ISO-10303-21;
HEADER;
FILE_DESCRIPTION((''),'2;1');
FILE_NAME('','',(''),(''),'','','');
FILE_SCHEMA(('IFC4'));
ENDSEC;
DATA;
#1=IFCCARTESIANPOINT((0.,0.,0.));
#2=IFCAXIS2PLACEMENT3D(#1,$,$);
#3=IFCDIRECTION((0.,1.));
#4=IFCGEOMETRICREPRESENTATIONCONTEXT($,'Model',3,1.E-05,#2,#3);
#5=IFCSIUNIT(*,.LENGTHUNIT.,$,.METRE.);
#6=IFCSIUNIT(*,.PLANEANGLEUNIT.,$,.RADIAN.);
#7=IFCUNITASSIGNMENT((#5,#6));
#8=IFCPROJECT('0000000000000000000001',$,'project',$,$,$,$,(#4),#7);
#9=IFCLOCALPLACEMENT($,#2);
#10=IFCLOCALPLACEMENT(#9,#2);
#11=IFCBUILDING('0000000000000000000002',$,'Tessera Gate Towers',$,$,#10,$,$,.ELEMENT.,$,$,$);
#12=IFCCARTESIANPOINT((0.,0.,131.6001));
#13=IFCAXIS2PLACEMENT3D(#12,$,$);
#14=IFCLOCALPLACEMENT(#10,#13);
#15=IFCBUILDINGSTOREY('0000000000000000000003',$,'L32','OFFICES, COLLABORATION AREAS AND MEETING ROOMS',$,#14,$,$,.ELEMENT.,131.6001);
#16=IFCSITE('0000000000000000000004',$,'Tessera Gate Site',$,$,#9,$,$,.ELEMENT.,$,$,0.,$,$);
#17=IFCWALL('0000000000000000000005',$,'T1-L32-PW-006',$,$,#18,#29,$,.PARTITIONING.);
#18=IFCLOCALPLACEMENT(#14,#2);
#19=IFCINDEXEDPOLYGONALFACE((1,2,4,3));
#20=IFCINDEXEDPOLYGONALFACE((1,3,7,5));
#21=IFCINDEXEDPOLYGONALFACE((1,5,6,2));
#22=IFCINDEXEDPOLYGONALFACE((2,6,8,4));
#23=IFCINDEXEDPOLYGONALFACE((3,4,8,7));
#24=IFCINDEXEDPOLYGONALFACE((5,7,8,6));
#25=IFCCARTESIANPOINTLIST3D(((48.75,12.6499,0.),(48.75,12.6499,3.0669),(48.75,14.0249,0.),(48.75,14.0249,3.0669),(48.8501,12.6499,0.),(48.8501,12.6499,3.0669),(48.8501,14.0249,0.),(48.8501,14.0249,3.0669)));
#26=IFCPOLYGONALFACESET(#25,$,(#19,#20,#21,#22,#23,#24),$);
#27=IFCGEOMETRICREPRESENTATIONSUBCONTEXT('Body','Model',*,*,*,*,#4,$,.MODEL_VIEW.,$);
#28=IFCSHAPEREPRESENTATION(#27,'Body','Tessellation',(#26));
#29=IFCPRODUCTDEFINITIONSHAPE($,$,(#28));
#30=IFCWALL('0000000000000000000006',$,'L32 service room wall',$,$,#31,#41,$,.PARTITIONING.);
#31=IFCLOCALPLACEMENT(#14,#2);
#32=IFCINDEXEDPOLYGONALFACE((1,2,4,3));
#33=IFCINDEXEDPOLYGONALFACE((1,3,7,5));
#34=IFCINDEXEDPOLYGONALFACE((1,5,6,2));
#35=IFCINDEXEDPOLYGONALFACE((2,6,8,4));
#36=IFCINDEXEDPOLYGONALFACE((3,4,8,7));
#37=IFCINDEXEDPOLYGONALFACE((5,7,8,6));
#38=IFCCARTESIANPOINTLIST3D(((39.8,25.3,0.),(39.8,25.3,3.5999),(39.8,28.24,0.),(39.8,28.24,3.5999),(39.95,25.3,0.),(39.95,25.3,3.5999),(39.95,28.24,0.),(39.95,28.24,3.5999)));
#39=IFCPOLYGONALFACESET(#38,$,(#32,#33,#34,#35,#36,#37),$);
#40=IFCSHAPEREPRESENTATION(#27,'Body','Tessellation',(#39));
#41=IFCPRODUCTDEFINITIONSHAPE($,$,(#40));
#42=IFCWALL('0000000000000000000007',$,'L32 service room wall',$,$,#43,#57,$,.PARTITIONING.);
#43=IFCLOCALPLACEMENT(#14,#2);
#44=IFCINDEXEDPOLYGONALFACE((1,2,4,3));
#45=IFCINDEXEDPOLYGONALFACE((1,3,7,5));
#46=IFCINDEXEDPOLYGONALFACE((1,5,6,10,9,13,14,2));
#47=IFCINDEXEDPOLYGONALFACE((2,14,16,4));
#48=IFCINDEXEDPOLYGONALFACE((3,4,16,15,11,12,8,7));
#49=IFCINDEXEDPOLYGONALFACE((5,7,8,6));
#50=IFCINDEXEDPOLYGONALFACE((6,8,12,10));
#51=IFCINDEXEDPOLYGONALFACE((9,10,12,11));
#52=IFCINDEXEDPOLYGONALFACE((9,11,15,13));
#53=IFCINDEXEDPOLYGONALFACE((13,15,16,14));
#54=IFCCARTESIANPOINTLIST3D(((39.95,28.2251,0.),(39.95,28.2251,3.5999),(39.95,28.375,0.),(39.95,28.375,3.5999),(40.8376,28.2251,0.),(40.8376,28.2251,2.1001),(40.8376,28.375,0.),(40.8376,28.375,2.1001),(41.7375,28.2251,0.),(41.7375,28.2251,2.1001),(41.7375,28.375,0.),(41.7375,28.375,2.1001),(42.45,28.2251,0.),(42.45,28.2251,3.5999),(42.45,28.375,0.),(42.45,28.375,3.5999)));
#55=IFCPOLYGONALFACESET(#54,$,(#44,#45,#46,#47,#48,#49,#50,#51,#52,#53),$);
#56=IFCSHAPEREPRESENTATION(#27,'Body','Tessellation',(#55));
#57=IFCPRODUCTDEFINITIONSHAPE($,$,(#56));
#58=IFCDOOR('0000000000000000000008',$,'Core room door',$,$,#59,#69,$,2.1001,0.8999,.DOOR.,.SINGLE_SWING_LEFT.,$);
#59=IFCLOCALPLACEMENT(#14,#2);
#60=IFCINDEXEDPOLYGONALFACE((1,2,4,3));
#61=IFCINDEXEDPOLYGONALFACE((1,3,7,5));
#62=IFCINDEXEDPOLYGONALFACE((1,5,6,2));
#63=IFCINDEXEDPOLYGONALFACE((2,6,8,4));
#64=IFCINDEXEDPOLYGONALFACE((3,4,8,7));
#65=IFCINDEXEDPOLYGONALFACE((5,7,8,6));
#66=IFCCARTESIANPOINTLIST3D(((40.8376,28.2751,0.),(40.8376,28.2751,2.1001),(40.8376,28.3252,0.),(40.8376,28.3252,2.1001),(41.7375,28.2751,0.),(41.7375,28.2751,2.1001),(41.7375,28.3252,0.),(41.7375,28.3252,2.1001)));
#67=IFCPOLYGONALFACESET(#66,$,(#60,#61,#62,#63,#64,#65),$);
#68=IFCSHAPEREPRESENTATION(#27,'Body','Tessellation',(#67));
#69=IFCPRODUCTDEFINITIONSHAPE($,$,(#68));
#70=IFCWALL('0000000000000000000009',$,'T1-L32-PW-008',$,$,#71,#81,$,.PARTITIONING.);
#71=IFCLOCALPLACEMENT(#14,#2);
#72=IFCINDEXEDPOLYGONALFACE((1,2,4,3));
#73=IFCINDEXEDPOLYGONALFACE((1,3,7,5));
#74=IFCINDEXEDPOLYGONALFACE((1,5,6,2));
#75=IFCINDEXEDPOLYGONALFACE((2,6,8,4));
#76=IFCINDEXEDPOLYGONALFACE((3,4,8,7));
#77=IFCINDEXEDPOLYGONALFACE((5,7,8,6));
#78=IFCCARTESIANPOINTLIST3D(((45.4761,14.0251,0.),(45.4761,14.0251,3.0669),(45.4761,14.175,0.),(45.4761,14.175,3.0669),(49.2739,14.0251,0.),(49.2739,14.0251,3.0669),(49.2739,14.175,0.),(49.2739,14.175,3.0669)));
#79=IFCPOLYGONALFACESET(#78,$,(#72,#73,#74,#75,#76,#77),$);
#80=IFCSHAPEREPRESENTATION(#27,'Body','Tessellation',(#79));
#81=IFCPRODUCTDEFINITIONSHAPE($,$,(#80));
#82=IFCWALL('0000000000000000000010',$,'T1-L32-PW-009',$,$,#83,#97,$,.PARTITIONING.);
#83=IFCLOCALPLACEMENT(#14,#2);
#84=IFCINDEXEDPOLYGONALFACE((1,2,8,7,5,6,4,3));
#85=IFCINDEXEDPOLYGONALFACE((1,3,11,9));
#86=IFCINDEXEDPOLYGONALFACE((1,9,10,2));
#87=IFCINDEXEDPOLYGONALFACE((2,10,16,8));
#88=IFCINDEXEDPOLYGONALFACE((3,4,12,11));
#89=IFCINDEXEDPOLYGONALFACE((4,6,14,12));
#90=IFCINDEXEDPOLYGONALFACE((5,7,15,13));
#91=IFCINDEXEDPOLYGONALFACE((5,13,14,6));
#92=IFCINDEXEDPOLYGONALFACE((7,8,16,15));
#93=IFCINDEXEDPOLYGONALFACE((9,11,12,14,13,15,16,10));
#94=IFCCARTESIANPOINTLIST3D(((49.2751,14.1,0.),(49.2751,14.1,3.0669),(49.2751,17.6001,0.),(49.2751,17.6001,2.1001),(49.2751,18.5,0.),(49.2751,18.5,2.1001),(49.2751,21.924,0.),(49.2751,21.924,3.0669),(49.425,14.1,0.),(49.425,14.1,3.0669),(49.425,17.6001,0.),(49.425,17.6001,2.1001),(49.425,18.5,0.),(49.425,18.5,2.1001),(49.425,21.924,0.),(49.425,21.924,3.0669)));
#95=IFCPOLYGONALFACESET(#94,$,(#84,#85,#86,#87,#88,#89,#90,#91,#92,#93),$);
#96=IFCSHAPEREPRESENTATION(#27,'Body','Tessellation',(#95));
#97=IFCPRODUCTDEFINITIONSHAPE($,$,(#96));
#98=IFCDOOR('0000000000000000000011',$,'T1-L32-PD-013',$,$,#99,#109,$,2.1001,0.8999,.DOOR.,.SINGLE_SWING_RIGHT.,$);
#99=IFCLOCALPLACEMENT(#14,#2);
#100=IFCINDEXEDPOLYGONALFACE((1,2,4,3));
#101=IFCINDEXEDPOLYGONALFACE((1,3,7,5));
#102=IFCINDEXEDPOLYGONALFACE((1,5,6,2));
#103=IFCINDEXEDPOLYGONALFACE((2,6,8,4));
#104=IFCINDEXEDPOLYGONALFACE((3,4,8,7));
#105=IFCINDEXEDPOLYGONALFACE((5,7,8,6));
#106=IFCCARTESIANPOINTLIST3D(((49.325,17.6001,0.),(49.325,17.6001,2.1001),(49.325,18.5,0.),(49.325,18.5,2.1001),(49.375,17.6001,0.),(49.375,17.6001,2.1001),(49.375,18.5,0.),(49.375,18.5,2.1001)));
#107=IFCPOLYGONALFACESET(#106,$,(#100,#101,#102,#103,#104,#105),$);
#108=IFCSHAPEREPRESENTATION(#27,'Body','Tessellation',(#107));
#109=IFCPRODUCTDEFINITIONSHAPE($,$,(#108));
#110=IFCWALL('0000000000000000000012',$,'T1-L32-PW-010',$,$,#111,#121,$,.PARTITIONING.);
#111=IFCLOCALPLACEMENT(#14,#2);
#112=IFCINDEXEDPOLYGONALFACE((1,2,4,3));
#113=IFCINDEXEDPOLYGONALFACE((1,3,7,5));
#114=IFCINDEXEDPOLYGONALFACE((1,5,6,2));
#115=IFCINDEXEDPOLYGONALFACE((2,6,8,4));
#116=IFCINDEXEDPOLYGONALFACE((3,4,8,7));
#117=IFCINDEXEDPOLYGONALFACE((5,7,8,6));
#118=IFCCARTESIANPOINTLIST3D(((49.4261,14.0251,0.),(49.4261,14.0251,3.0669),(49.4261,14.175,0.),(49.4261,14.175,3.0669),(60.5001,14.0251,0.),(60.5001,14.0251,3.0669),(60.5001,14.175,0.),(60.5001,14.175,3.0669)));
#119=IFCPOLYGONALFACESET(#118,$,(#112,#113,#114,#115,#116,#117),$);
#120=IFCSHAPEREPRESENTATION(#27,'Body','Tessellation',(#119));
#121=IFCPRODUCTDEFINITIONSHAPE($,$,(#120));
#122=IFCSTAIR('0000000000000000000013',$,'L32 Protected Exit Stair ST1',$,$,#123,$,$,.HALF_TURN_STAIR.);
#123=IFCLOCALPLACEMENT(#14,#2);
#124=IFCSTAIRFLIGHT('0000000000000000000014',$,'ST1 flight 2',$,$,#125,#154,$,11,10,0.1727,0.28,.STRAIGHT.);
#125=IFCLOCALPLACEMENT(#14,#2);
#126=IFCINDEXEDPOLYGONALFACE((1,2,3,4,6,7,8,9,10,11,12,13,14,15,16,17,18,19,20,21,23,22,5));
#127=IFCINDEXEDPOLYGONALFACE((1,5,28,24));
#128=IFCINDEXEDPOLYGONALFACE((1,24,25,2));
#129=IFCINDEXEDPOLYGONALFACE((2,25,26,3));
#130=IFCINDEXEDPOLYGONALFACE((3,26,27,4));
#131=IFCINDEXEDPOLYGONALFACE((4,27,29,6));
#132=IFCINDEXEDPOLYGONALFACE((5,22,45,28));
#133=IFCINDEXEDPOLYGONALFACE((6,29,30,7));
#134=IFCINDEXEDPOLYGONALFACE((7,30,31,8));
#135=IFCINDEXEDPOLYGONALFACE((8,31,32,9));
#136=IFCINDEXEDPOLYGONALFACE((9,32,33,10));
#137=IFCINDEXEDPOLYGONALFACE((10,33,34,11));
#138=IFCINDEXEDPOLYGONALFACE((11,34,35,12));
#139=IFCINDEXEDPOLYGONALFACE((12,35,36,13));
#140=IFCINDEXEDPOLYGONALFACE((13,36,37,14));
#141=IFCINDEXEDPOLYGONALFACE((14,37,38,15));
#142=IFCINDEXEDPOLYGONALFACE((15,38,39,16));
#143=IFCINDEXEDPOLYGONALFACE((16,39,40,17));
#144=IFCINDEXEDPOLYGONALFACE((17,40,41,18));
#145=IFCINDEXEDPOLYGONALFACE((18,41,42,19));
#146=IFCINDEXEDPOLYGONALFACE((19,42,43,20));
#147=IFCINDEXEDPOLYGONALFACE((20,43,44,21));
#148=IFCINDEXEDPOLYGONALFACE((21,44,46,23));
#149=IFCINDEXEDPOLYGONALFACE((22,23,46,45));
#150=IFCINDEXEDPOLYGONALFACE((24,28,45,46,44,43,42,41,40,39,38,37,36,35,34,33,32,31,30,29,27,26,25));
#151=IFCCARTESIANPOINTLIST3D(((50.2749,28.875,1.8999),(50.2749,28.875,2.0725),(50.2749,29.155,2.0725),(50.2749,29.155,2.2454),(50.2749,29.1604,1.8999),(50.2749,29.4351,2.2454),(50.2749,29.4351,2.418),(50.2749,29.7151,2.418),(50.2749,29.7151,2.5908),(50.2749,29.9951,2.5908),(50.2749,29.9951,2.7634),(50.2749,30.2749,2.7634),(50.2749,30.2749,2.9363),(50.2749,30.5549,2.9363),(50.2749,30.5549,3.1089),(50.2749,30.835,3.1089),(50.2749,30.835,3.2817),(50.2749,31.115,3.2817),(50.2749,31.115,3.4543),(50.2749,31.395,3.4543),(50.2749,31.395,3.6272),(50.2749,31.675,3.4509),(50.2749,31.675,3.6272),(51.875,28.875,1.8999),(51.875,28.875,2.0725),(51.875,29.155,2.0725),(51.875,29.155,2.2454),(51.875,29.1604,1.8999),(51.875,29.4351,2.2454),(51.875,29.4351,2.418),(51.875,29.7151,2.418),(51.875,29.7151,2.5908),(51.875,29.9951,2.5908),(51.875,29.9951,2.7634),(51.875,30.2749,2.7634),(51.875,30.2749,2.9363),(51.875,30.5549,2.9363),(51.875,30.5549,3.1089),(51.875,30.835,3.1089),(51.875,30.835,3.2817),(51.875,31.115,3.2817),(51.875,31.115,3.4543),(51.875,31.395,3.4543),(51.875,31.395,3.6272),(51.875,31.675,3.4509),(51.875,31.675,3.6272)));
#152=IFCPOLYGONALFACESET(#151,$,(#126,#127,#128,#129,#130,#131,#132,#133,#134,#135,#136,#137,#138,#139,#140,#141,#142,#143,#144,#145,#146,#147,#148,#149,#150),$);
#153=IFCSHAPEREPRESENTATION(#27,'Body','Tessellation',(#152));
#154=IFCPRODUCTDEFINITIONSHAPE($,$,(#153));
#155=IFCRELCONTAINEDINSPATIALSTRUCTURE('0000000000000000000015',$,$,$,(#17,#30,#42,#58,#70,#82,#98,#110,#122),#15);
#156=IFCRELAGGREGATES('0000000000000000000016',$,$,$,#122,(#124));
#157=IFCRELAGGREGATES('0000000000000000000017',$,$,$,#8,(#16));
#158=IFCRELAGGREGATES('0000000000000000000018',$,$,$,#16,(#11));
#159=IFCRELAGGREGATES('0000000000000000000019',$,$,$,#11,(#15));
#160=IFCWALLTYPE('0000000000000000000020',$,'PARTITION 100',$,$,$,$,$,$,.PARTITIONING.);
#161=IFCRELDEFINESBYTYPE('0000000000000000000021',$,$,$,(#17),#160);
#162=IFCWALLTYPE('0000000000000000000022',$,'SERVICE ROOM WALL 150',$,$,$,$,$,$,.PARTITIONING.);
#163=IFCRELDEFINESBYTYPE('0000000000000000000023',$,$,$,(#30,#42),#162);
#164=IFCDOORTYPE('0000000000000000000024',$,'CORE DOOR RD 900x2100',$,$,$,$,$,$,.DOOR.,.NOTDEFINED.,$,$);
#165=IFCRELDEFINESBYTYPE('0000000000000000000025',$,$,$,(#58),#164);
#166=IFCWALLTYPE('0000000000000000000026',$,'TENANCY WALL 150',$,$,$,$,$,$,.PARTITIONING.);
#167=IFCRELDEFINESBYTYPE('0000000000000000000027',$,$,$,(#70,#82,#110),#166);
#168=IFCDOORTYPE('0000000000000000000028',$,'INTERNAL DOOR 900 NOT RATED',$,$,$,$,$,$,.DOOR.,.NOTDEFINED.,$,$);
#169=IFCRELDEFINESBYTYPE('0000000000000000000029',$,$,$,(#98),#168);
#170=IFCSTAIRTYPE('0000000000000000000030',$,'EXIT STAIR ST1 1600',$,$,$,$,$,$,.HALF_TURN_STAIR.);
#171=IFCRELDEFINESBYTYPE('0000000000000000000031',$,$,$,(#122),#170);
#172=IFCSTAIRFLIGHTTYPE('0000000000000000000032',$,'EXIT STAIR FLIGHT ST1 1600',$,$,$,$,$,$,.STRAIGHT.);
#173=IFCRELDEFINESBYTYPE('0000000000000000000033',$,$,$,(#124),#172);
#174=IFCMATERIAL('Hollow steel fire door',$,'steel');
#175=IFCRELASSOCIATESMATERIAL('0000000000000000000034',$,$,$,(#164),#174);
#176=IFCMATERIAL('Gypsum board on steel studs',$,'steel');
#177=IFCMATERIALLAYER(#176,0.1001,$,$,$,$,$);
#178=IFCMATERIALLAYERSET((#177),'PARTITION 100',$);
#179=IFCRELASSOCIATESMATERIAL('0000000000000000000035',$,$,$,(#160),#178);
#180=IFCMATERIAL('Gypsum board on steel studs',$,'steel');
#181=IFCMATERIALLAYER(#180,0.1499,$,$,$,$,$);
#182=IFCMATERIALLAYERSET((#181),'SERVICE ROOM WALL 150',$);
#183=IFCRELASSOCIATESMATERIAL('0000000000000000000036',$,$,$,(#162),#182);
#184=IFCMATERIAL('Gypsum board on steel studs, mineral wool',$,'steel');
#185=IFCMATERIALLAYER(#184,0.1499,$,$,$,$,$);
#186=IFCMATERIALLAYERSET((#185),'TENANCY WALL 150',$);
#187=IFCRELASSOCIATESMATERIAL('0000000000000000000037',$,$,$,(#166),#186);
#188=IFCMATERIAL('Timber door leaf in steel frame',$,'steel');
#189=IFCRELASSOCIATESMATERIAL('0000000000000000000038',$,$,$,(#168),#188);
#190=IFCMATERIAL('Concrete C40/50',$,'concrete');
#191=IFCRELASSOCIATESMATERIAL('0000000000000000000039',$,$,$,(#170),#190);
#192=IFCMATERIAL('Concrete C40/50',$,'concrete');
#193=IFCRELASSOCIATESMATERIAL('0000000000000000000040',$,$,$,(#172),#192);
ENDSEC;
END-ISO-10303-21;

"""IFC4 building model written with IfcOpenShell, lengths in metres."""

from ifc_helpers import new_model, si_unit, direction, frame, frame_2d, origin, place, context, subcontext, project, spatial, polyline, rectangle, outline, extrude, source, transform, mapped, material, layer, layer_set, type_object, element, fill, aggregate, save


model = new_model("IFC4")

# Units and contexts
model_context = context("Model", 3, precision=1e-05, world=origin(), true_north=direction((0.0, 1.0)))
body_context = subcontext(model_context, "Body", "Model", "MODEL_VIEW")
ifc_project = project(units=[si_unit("LENGTHUNIT", "METRE"), si_unit("PLANEANGLEUNIT", "RADIAN")], contexts=[model_context])

# Site, building, storey
site_placement = place(None, origin())
site = spatial("IfcSite", under=ifc_project, at=site_placement, Name="Tessera Gate Site", CompositionType="ELEMENT", RefElevation=0.0)
building_placement = place(site_placement, origin())
building = spatial("IfcBuilding", under=site, at=building_placement, Name="Tessera Gate Towers", CompositionType="ELEMENT")
storey_placement = place(building_placement, frame((0.0, 0.0, 131.6001)))
storey = spatial("IfcBuildingStorey", under=building, at=storey_placement, Name="L32", Description="OFFICES, COLLABORATION AREAS AND MEETING ROOMS", CompositionType="ELEMENT", Elevation=131.6001)

# Shared definitions
ifc_material_1 = material(Name="Hollow steel fire door", Category="steel")
door_type_1 = type_object("IfcDoorType", Name="CORE DOOR RD 900x2100", OperationType="NOTDEFINED", PredefinedType="DOOR", material=ifc_material_1)
shared_shape_1 = source(origin(), body_context, "Body", "SweptSolid", [
    extrude(rectangle(XDim=0.8999, YDim=2.1001, at=frame_2d((0.45, 1.05))), frame((0.0, 0.0249, 0.0), z_axis=(0.0, -1.0, 0.0), x_axis=(1.0, 0.0, 0.0)), (0.0, 0.0, 1.0), 0.05),
])

# Shared definitions
shared_shape_2 = source(origin(), body_context, "Body", "SweptSolid", [
    extrude(rectangle(XDim=0.8999, YDim=2.1001, at=frame_2d((0.45, 1.05))), frame((0.0, 0.085, 0.0), z_axis=(0.0, -1.0, 0.0), x_axis=(1.0, 0.0, 0.0)), (0.0, 0.0, 1.0), 0.1699),
])

# Walls
ifc_material_2 = material(Name="Gypsum board on steel studs", Category="steel")
ifc_layer_1 = layer(ifc_material_2, 0.1001)
ifc_layer_set_1 = layer_set([ifc_layer_1], Name="PARTITION 100")
wall_type_1 = type_object("IfcWallType", Name="PARTITION 100", PredefinedType="PARTITIONING", material=ifc_layer_set_1)
wall_1_placement = place(storey_placement, frame((48.8, 12.6499, 0.0), z_axis=(0.0, 0.0, 1.0), x_axis=(0.0, 1.0, 0.0)))
element("IfcWall", 1, at=wall_1_placement, inside=storey, type_object=wall_type_1, Name="T1-L32-PW-006", PredefinedType="PARTITIONING", context=body_context, shape_type="SweptSolid", body=[
    extrude(rectangle(XDim=1.375, YDim=0.1001, at=frame_2d((0.6875, 0.0))), origin(), (0.0, 0.0, 1.0), 3.0669),
])
ifc_material_3 = material(Name="Gypsum board on steel studs", Category="steel")
ifc_layer_2 = layer(ifc_material_3, 0.1499)
ifc_layer_set_2 = layer_set([ifc_layer_2], Name="SERVICE ROOM WALL 150")
wall_type_2 = type_object("IfcWallType", Name="SERVICE ROOM WALL 150", PredefinedType="PARTITIONING", material=ifc_layer_set_2)
wall_2_placement = place(storey_placement, frame((39.875, 25.3, 0.0), z_axis=(0.0, 0.0, 1.0), x_axis=(0.0, 1.0, 0.0)))
element("IfcWall", 2, at=wall_2_placement, inside=storey, type_object=wall_type_2, Name="L32 service room wall", PredefinedType="PARTITIONING", context=body_context, shape_type="SweptSolid", body=[
    extrude(rectangle(XDim=2.9399, YDim=0.1499, at=frame_2d((1.47, 0.0))), origin(), (0.0, 0.0, 1.0), 3.5999),
])

# Wall, opening, door
wall_3_placement = place(storey_placement, frame((42.45, 28.3, 0.0), z_axis=(0.0, 0.0, 1.0), x_axis=(-1.0, 0.0, 0.0)))
wall_3 = element("IfcWall", 3, at=wall_3_placement, inside=storey, type_object=wall_type_2, Name="L32 service room wall", PredefinedType="PARTITIONING", context=body_context, shape_type="SweptSolid", body=[
    extrude(rectangle(XDim=2.5, YDim=0.1499, at=frame_2d((1.25, 0.0))), origin(), (0.0, 0.0, 1.0), 3.5999),
])
opening_1_placement = place(wall_3_placement, frame((0.7124, 0.0, 0.0)))
opening_1 = element("IfcOpeningElement", 4, at=opening_1_placement, cuts=wall_3, PredefinedType="OPENING", context=body_context, shape_type="MappedRepresentation", body=[
    mapped(shared_shape_2, transform((0.0, 0.0, 0.0), scale=1.0)),
])
door_1_placement = place(opening_1_placement, origin())
door_1 = element("IfcDoor", 5, at=door_1_placement, inside=storey, type_object=door_type_1, Name="Core room door", OperationType="SINGLE_SWING_LEFT", OverallHeight=2.1001, OverallWidth=0.8999, PredefinedType="DOOR", context=body_context, shape_type="MappedRepresentation", body=[
    mapped(shared_shape_1, transform((0.0, 0.0, 0.0), scale=1.0)),
])
fill(opening_1, door_1)

# Wall
ifc_material_4 = material(Name="Gypsum board on steel studs, mineral wool", Category="steel")
ifc_layer_3 = layer(ifc_material_4, 0.1499)
ifc_layer_set_3 = layer_set([ifc_layer_3], Name="TENANCY WALL 150")
wall_type_3 = type_object("IfcWallType", Name="TENANCY WALL 150", PredefinedType="PARTITIONING", material=ifc_layer_set_3)
wall_4_placement = place(storey_placement, frame((45.4761, 14.1001, 0.0), z_axis=(0.0, 0.0, 1.0), x_axis=(1.0, 0.0, 0.0)))
element("IfcWall", 6, at=wall_4_placement, inside=storey, type_object=wall_type_3, Name="T1-L32-PW-008", PredefinedType="PARTITIONING", context=body_context, shape_type="SweptSolid", body=[
    extrude(rectangle(XDim=3.7979, YDim=0.1499, at=frame_2d((1.8989, 0.0))), origin(), (0.0, 0.0, 1.0), 3.0669),
])

# Wall, opening, door
wall_5_placement = place(storey_placement, frame((49.3501, 21.9241, 0.0), z_axis=(0.0, 0.0, 1.0), x_axis=(0.0, -1.0, 0.0)))
wall_5 = element("IfcWall", 7, at=wall_5_placement, inside=storey, type_object=wall_type_3, Name="T1-L32-PW-009", PredefinedType="PARTITIONING", context=body_context, shape_type="SweptSolid", body=[
    extrude(rectangle(XDim=7.824, YDim=0.1499, at=frame_2d((3.9121, 0.0))), origin(), (0.0, 0.0, 1.0), 3.0669),
])
opening_2_placement = place(wall_5_placement, frame((3.4241, 0.0, 0.0)))
opening_2 = element("IfcOpeningElement", 8, at=opening_2_placement, cuts=wall_5, PredefinedType="OPENING", context=body_context, shape_type="MappedRepresentation", body=[
    mapped(shared_shape_2, transform((0.0, 0.0, 0.0), scale=1.0)),
])
ifc_material_5 = material(Name="Timber door leaf in steel frame", Category="steel")
door_type_2 = type_object("IfcDoorType", Name="INTERNAL DOOR 900 NOT RATED", OperationType="NOTDEFINED", PredefinedType="DOOR", material=ifc_material_5)
door_2_placement = place(opening_2_placement, origin())
door_2 = element("IfcDoor", 9, at=door_2_placement, inside=storey, type_object=door_type_2, Name="T1-L32-PD-013", OperationType="SINGLE_SWING_RIGHT", OverallHeight=2.1001, OverallWidth=0.8999, PredefinedType="DOOR", context=body_context, shape_type="MappedRepresentation", body=[
    mapped(shared_shape_1, transform((0.0, 0.0, 0.0), scale=1.0)),
])
fill(opening_2, door_2)

# Wall
wall_6_placement = place(storey_placement, frame((49.426, 14.1001, 0.0), z_axis=(0.0, 0.0, 1.0), x_axis=(1.0, 0.0, 0.0)))
element("IfcWall", 10, at=wall_6_placement, inside=storey, type_object=wall_type_3, Name="T1-L32-PW-010", PredefinedType="PARTITIONING", context=body_context, shape_type="SweptSolid", body=[
    extrude(rectangle(XDim=11.074, YDim=0.1499, at=frame_2d((5.5371, 0.0))), origin(), (0.0, 0.0, 1.0), 3.0669),
])

# Stair, stair flight
ifc_material_6 = material(Name="Concrete C40/50", Category="concrete")
stair_type = type_object("IfcStairType", Name="EXIT STAIR ST1 1600", PredefinedType="HALF_TURN_STAIR", material=ifc_material_6)
stair_placement = place(storey_placement, origin())
stair = element("IfcStair", 11, at=stair_placement, inside=storey, type_object=stair_type, Name="L32 Protected Exit Stair ST1", PredefinedType="HALF_TURN_STAIR")
ifc_material_7 = material(Name="Concrete C40/50", Category="concrete")
stair_flight_type = type_object("IfcStairFlightType", Name="EXIT STAIR FLIGHT ST1 1600", PredefinedType="STRAIGHT", material=ifc_material_7)
stair_flight_placement = place(storey_placement, frame((51.075, 28.875, 1.8999), z_axis=(0.0, 0.0, 1.0), x_axis=(0.0, 1.0, 0.0)))
stair_flight = element("IfcStairFlight", 12, at=stair_flight_placement, type_object=stair_flight_type, Name="ST1 flight 2", NumberOfRisers=11, NumberOfTreads=10, PredefinedType="STRAIGHT", RiserHeight=0.1727, TreadLength=0.28, context=body_context, shape_type="SweptSolid", body=[
    extrude(outline(polyline([(0.0, 0.0), (0.0, 0.1726), (0.28, 0.1726), (0.28, 0.3455), (0.5601, 0.3455), (0.5601, 0.5181), (0.8401, 0.5181), (0.8401, 0.6909), (1.1201, 0.6909), (1.1201, 0.8635), (1.3999, 0.8635), (1.3999, 1.0364), (1.6799, 1.0364), (1.6799, 1.209), (1.96, 1.209), (1.96, 1.3818), (2.24, 1.3818), (2.24, 1.5544), (2.52, 1.5544), (2.52, 1.7273), (2.8, 1.7273), (2.8, 1.8999), (2.8, 1.551), (0.2854, 0.0), (0.0, 0.0)])), frame((0.0, 0.8, 0.0), z_axis=(0.0, -1.0, 0.0), x_axis=(1.0, 0.0, 0.0)), (0.0, 0.0, 1.0), 1.6001),
])
aggregate(stair, [stair_flight])

save(model, "model.ifc")
